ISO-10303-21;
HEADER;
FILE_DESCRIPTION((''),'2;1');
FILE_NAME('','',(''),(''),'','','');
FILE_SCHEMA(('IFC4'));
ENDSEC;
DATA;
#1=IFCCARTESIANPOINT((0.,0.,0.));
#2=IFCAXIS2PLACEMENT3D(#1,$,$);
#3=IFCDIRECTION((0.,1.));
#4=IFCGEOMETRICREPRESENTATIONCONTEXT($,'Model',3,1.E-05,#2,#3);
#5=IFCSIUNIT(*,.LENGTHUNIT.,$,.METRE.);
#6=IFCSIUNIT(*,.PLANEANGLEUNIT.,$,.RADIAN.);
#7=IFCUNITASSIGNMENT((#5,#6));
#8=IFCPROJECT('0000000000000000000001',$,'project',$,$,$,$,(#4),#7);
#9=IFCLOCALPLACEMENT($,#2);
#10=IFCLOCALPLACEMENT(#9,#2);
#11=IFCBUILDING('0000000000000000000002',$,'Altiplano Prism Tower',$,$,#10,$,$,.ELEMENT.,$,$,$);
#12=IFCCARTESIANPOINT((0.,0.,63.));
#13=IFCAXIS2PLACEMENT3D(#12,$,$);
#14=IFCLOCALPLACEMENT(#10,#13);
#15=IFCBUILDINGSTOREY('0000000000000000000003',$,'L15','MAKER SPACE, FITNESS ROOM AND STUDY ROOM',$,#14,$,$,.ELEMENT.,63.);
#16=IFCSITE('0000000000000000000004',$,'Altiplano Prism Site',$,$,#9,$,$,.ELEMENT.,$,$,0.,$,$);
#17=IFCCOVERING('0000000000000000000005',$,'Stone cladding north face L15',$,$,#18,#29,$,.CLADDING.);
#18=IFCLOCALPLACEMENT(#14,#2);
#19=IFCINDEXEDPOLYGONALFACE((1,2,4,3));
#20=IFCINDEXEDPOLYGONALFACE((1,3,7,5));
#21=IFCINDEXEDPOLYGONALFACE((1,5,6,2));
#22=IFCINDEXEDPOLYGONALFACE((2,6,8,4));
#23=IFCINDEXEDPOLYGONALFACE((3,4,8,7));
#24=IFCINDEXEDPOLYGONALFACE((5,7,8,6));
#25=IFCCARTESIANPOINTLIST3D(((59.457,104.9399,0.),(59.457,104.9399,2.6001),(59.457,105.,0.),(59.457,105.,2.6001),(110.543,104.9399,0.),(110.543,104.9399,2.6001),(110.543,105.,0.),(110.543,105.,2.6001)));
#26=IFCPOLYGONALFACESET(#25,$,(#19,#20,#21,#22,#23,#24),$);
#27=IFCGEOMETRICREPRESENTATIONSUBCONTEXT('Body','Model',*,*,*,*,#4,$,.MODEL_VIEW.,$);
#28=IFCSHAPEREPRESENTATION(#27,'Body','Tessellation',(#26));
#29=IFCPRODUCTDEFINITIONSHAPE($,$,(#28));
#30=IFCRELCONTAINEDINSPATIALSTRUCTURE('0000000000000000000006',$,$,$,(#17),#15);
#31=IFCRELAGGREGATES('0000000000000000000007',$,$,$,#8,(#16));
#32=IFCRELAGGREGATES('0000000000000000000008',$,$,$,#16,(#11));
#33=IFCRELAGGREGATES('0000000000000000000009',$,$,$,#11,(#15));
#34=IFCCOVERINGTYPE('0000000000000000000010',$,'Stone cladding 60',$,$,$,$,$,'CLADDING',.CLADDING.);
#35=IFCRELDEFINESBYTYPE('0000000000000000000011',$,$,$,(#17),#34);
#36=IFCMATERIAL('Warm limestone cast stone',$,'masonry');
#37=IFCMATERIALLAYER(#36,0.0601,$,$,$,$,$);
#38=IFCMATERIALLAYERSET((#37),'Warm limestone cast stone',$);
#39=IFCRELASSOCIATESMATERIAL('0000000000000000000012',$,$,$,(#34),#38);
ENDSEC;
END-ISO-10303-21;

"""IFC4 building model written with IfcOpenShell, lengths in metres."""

from ifc_helpers import new_model, si_unit, direction, frame, frame_2d, origin, place, context, subcontext, project, spatial, rectangle, extrude, material, layer, layer_set, type_object, element, save


model = new_model("IFC4")

# Units and contexts
model_context = context("Model", 3, precision=1e-05, world=origin(), true_north=direction((0.0, 1.0)))
body_context = subcontext(model_context, "Body", "Model", "MODEL_VIEW")
ifc_project = project(units=[si_unit("LENGTHUNIT", "METRE"), si_unit("PLANEANGLEUNIT", "RADIAN")], contexts=[model_context])

# Site, building, storey
site_placement = place(None, origin())
site = spatial("IfcSite", under=ifc_project, at=site_placement, Name="Altiplano Prism Site", CompositionType="ELEMENT", RefElevation=0.0)
building_placement = place(site_placement, origin())
building = spatial("IfcBuilding", under=site, at=building_placement, Name="Altiplano Prism Tower", CompositionType="ELEMENT")
storey_placement = place(building_placement, frame((0.0, 0.0, 63.0)))
storey = spatial("IfcBuildingStorey", under=building, at=storey_placement, Name="L15", Description="MAKER SPACE, FITNESS ROOM AND STUDY ROOM", CompositionType="ELEMENT", Elevation=63.0)

# Covering
ifc_material_1 = material(Name="Warm limestone cast stone", Category="masonry")
ifc_layer_1 = layer(ifc_material_1, 0.0601)
ifc_layer_set_1 = layer_set([ifc_layer_1], Name="Warm limestone cast stone")
covering_type = type_object("IfcCoveringType", Name="Stone cladding 60", ElementType="CLADDING", PredefinedType="CLADDING", material=ifc_layer_set_1)
covering_placement = place(storey_placement, frame((59.457, 104.97, 0.0), z_axis=(0.0, 0.0, 1.0), x_axis=(1.0, 0.0, 0.0)))
element("IfcCovering", 1, at=covering_placement, inside=storey, type_object=covering_type, Name="Stone cladding north face L15", PredefinedType="CLADDING", context=body_context, shape_type="SweptSolid", body=[
    extrude(rectangle(XDim=51.0859, YDim=0.0601, at=frame_2d((25.543, 0.0))), origin(), (0.0, 0.0, 1.0), 2.6001),
])

save(model, "model.ifc")
